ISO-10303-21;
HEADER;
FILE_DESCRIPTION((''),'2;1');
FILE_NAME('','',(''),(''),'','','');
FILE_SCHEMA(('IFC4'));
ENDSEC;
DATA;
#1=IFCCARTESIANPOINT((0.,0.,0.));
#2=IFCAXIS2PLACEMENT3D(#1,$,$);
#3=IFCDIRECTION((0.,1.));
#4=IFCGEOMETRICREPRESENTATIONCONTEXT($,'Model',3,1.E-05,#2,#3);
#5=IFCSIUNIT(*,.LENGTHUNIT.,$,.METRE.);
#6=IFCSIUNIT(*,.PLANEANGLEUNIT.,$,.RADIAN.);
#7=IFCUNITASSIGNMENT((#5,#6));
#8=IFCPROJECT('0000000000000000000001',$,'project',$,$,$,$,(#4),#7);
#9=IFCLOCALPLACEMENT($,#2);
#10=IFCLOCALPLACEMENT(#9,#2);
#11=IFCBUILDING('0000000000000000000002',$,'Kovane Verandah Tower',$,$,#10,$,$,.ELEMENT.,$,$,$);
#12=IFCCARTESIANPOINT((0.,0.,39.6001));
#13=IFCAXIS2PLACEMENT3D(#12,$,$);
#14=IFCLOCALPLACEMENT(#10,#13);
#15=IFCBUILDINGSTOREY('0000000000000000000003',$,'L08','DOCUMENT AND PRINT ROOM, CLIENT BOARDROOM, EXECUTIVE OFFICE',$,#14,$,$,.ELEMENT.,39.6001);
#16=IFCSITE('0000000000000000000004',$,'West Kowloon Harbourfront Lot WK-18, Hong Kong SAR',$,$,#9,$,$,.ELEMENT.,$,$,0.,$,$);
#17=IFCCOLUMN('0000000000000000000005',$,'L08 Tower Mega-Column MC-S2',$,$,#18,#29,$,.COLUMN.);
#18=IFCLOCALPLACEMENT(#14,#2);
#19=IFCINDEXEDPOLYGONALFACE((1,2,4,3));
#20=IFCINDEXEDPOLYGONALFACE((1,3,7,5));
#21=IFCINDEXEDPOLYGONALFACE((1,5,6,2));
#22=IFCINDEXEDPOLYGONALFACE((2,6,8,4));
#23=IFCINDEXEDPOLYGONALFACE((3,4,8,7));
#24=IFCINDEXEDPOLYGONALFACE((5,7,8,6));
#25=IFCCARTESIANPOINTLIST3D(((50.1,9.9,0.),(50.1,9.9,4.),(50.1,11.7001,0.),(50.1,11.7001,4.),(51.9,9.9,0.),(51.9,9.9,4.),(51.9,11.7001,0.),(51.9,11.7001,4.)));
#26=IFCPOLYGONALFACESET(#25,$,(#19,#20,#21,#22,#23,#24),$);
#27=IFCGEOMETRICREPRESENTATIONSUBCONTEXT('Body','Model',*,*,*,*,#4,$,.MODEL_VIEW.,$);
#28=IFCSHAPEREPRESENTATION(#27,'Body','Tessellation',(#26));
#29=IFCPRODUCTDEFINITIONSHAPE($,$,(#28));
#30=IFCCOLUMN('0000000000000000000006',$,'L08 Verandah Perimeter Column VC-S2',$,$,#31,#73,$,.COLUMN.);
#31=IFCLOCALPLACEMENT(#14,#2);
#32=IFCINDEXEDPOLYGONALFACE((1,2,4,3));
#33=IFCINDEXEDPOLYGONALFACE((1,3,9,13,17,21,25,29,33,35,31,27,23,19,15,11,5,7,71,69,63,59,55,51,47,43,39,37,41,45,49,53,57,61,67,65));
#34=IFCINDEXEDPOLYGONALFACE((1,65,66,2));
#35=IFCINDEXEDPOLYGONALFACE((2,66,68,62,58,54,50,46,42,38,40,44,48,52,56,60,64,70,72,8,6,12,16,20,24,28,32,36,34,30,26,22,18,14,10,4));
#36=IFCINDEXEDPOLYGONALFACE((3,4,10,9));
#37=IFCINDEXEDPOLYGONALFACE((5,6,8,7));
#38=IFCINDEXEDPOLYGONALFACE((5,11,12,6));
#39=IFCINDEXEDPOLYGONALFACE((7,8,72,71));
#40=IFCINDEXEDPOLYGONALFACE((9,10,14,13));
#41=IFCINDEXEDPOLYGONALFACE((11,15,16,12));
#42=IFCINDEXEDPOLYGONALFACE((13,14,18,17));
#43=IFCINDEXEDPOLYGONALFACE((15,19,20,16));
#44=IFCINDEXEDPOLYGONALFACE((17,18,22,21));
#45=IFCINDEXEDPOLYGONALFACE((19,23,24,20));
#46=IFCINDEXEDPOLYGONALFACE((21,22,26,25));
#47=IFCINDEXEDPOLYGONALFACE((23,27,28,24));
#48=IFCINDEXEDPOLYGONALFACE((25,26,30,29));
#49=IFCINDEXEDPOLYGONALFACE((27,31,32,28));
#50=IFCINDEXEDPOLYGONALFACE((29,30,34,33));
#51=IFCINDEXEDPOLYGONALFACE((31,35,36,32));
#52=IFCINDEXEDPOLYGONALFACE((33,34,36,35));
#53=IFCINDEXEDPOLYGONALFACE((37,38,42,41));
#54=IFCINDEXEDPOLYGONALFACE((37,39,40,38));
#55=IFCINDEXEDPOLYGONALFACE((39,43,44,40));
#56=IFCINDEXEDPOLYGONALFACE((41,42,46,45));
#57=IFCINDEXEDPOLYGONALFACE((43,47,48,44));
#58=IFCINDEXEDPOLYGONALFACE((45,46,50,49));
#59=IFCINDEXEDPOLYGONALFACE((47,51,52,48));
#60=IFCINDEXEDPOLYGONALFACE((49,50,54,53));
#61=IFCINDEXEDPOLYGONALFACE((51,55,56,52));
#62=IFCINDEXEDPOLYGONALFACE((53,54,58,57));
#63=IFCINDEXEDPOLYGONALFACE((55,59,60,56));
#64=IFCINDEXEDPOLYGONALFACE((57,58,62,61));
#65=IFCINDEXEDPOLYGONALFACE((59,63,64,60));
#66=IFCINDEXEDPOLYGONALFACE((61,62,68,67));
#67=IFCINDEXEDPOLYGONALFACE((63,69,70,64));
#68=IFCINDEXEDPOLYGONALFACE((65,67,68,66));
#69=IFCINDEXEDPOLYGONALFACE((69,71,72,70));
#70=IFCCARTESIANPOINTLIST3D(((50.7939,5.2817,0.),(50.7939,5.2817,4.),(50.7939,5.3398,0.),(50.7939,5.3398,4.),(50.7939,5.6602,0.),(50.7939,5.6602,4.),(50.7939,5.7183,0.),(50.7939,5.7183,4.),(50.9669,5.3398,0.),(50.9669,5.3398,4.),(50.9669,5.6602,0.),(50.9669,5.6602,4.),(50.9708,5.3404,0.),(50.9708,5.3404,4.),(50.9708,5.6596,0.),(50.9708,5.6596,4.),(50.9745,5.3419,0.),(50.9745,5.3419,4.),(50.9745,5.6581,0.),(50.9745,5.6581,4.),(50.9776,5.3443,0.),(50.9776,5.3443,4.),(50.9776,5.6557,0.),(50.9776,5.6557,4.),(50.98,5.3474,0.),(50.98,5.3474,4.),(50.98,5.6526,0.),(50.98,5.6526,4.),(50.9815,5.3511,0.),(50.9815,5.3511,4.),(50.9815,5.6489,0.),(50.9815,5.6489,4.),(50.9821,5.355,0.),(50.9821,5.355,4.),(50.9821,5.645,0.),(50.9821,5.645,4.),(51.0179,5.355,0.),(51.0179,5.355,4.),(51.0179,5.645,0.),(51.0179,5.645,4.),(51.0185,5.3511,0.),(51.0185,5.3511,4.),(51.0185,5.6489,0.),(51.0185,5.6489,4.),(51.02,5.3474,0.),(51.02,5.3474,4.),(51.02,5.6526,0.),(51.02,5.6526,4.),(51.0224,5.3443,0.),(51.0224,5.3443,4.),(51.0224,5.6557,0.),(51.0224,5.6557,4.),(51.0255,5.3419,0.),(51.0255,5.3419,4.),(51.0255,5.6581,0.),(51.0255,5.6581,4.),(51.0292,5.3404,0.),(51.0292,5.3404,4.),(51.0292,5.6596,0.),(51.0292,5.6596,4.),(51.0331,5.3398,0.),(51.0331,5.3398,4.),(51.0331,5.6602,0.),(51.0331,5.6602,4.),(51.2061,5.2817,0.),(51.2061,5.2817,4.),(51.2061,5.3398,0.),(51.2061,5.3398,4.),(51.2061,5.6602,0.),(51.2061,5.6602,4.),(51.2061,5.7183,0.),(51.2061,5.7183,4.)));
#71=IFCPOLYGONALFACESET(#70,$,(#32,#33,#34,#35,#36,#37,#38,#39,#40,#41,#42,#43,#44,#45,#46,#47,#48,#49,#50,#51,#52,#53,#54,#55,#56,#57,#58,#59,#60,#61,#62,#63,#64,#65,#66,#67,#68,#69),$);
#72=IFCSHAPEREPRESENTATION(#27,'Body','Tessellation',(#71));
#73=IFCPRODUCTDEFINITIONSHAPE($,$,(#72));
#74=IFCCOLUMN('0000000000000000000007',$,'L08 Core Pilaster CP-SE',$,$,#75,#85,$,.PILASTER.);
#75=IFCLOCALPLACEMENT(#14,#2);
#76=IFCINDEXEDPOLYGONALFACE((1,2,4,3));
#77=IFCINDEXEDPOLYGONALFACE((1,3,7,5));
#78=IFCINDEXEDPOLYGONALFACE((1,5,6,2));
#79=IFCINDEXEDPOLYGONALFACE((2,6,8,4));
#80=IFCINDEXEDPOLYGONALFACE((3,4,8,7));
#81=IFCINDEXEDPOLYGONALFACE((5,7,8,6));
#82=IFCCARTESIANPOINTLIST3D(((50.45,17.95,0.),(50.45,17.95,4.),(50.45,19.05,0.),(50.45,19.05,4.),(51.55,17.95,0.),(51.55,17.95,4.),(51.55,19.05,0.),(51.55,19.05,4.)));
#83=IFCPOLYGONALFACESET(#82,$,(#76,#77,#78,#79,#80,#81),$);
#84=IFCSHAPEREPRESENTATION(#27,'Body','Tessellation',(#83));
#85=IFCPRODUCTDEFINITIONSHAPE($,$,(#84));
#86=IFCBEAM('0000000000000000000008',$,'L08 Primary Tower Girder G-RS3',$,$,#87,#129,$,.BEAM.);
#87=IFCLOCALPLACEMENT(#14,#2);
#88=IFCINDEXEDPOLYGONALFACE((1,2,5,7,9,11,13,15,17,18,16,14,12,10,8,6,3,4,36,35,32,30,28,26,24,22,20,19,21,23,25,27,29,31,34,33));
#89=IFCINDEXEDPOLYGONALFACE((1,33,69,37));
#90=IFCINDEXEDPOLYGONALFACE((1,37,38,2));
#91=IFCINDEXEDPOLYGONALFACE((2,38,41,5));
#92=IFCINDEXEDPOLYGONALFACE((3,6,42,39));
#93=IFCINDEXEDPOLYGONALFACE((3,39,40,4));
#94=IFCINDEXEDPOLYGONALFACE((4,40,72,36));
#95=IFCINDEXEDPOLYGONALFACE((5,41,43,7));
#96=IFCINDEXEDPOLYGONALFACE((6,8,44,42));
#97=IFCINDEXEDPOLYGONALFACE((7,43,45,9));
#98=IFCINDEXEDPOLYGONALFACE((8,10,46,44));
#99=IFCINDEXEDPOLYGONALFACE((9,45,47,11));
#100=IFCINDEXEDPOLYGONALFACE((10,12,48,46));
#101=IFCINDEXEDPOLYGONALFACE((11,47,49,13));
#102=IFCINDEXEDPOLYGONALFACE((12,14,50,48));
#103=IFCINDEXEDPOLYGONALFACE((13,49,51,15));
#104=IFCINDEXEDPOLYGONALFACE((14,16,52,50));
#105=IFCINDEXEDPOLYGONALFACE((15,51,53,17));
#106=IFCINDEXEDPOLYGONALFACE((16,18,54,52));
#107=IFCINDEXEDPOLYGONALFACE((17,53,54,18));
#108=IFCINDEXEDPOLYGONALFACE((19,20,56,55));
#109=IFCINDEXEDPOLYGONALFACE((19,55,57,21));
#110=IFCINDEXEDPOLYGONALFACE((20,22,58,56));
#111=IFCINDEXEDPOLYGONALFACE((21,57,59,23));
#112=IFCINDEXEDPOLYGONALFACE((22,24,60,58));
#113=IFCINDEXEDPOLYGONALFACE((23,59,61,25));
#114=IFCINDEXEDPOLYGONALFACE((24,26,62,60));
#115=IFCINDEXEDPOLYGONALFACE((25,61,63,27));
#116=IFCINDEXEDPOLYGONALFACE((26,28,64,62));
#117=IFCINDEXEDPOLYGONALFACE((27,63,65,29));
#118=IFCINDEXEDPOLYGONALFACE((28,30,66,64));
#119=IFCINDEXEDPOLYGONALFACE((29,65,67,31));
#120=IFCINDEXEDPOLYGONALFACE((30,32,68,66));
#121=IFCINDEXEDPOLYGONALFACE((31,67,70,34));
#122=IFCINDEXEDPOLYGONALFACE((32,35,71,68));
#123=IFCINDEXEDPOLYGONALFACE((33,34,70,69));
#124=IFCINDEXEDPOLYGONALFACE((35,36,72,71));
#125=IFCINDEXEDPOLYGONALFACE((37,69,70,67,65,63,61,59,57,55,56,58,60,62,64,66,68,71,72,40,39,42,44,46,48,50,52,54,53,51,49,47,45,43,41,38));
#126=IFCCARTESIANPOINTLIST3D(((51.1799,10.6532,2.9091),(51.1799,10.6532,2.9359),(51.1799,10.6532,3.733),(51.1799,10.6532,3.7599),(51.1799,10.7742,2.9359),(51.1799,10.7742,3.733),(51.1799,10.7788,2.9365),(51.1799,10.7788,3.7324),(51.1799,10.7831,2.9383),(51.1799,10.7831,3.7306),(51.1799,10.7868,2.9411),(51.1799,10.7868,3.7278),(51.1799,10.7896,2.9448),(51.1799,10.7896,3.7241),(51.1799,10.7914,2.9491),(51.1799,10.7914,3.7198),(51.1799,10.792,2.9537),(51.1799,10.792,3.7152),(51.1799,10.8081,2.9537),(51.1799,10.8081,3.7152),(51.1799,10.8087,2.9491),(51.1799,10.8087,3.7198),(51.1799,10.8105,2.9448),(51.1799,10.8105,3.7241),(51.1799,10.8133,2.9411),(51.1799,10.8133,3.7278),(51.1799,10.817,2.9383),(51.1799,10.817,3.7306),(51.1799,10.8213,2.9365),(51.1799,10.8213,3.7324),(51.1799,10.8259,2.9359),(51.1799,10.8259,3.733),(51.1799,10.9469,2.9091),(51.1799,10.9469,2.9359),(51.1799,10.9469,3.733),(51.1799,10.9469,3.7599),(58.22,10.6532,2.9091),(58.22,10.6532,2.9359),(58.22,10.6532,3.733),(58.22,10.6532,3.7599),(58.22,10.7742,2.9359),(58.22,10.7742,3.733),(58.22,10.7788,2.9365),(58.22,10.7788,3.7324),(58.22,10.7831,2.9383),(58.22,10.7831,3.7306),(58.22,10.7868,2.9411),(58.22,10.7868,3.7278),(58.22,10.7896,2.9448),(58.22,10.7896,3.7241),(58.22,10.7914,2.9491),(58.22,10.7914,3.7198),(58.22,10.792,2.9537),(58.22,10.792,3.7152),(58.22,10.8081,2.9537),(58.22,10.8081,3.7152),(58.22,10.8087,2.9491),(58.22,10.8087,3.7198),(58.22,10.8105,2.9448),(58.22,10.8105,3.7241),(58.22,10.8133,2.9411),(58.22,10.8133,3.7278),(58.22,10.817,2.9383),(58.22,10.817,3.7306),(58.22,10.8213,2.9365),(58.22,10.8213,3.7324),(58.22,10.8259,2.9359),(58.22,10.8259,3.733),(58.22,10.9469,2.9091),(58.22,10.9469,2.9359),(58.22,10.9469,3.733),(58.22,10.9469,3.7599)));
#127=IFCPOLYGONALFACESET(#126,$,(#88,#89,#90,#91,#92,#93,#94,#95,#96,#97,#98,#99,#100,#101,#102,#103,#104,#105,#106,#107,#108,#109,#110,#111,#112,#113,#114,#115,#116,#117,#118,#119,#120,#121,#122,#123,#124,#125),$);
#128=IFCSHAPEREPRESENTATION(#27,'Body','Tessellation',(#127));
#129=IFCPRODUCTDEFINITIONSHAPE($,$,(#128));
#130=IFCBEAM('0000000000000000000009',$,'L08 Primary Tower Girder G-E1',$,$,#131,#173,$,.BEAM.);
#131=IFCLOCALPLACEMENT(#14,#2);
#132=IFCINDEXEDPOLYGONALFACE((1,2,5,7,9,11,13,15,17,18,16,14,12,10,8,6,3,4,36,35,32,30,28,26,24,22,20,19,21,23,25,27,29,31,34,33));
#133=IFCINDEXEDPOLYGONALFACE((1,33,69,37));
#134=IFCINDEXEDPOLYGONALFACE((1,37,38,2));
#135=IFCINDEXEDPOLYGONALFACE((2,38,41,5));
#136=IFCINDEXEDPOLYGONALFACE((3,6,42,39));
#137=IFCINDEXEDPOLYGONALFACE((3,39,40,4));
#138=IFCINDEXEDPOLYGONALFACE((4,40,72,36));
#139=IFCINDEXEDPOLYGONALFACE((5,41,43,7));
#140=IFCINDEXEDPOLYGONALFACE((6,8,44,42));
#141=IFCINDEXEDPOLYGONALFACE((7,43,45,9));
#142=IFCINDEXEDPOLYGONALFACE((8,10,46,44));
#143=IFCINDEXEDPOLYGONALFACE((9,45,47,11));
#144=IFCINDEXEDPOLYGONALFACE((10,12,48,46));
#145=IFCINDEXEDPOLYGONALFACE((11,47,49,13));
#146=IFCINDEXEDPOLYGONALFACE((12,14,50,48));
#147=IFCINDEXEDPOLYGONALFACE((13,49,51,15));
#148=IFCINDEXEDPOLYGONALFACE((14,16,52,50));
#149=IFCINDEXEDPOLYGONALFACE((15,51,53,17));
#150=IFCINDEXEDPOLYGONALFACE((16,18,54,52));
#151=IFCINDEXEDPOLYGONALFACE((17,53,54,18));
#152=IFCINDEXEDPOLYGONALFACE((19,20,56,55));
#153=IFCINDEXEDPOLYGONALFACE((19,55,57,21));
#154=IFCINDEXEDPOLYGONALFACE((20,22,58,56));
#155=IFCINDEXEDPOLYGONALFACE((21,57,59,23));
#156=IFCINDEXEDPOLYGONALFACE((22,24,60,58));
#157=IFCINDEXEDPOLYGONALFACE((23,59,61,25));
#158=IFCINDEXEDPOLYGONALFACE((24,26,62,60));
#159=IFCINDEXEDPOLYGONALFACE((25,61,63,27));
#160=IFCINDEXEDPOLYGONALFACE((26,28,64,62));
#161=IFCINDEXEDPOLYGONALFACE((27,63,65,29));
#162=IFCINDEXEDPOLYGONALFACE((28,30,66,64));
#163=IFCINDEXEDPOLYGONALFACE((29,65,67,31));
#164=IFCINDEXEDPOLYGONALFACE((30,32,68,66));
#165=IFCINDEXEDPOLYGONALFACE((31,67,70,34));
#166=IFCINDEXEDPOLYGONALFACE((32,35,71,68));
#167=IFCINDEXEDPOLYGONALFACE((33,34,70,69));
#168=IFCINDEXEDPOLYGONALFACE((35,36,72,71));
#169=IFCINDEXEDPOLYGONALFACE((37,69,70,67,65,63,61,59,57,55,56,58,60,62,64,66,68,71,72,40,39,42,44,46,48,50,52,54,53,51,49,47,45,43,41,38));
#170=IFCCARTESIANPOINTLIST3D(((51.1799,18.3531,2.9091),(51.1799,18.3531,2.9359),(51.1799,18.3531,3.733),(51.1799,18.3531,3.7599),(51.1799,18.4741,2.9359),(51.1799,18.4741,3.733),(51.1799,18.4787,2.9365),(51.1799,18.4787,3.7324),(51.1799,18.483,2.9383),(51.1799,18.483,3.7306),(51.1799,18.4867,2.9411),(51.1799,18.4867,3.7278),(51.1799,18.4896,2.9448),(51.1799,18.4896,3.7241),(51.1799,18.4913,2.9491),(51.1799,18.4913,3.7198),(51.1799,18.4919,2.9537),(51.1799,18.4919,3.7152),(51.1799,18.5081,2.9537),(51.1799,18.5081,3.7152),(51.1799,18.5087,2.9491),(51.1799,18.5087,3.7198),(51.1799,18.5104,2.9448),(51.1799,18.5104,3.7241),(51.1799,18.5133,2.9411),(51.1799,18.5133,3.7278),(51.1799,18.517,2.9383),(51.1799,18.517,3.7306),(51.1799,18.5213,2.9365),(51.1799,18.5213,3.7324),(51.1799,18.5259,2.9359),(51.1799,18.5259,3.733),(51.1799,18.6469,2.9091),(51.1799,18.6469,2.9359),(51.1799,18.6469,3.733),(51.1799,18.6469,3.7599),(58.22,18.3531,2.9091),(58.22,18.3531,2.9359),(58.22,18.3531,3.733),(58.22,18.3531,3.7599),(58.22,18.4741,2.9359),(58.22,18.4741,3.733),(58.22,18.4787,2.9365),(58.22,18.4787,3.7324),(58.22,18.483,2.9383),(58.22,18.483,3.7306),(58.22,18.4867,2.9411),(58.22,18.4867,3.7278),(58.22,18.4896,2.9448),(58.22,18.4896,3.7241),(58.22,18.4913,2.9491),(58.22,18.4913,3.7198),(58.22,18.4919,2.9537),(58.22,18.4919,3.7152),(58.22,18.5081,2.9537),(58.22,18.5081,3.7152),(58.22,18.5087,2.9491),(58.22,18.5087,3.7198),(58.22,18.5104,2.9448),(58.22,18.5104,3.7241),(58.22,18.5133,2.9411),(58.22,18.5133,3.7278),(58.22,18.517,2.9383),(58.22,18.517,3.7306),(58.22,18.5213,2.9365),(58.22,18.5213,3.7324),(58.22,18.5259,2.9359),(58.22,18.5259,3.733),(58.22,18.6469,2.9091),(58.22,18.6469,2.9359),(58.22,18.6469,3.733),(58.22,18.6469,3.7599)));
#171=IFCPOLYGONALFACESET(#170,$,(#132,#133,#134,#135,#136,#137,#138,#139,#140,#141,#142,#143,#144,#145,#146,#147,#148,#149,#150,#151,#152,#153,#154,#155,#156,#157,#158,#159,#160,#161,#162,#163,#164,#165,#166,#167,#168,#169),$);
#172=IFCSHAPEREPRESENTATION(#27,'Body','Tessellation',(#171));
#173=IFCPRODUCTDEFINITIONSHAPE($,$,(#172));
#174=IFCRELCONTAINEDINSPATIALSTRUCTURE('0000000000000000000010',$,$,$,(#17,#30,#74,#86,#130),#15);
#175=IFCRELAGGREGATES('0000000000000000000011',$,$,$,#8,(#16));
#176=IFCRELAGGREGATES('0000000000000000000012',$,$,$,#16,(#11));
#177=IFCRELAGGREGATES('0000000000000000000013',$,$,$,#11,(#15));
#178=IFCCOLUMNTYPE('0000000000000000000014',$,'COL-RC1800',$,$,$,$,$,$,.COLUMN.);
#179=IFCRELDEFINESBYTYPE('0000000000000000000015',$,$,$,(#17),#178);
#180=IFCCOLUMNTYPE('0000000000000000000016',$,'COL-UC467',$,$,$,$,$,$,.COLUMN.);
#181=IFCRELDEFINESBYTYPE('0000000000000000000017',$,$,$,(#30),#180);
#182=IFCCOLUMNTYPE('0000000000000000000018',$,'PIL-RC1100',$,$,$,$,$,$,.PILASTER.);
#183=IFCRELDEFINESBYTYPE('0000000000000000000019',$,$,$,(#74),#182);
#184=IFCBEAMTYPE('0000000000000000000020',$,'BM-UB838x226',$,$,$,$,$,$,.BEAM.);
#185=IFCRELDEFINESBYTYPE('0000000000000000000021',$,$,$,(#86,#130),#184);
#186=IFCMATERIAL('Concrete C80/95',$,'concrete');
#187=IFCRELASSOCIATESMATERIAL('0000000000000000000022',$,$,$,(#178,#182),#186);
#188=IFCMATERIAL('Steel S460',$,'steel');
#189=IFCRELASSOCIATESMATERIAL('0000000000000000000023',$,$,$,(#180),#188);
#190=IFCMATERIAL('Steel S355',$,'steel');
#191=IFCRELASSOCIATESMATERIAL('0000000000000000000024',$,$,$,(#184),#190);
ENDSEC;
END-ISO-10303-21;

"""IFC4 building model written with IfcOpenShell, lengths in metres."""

from ifc_helpers import new_model, si_unit, direction, frame, origin, origin_2d, place, context, subcontext, project, spatial, rectangle, i_section, extrude, material, material_profile, profile_set, type_object, element, save


model = new_model("IFC4")

# Units and contexts
model_context = context("Model", 3, precision=1e-05, world=origin(), true_north=direction((0.0, 1.0)))
body_context = subcontext(model_context, "Body", "Model", "MODEL_VIEW")
ifc_project = project(units=[si_unit("LENGTHUNIT", "METRE"), si_unit("PLANEANGLEUNIT", "RADIAN")], contexts=[model_context])

# Site, building, storey
site_placement = place(None, origin())
site = spatial("IfcSite", under=ifc_project, at=site_placement, Name="West Kowloon Harbourfront Lot WK-18, Hong Kong SAR", CompositionType="ELEMENT", RefElevation=0.0)
building_placement = place(site_placement, origin())
building = spatial("IfcBuilding", under=site, at=building_placement, Name="Kovane Verandah Tower", CompositionType="ELEMENT")
storey_placement = place(building_placement, frame((0.0, 0.0, 39.6001)))
storey = spatial("IfcBuildingStorey", under=building, at=storey_placement, Name="L08", Description="DOCUMENT AND PRINT ROOM, CLIENT BOARDROOM, EXECUTIVE OFFICE", CompositionType="ELEMENT", Elevation=39.6001)

# Columns
ifc_material_1 = material(Name="Concrete C80/95", Category="concrete")
ifc_material_profile_1 = material_profile(ifc_material_1, rectangle(XDim=1.8, YDim=1.8, at=origin_2d()), Name="RC1800x1800")
ifc_profile_set_1 = profile_set([ifc_material_profile_1], Name="Concrete C80/95")
column_type_1 = type_object("IfcColumnType", Name="COL-RC1800", PredefinedType="COLUMN", material=ifc_profile_set_1)
column_1_placement = place(storey_placement, frame((51.0, 10.8, 0.0), z_axis=(0.0, 0.0, 1.0), x_axis=(1.0, 0.0, 0.0)))
element("IfcColumn", 1, at=column_1_placement, inside=storey, type_object=column_type_1, Name="L08 Tower Mega-Column MC-S2", PredefinedType="COLUMN", context=body_context, shape_type="SweptSolid", body=[
    extrude(rectangle(XDim=1.8, YDim=1.8, at=origin_2d()), origin(), (0.0, 0.0, 1.0), 4.0),
])
ifc_material_2 = material(Name="Steel S460", Category="steel")
ifc_material_profile_2 = material_profile(ifc_material_2, i_section(OverallWidth=0.4121, OverallDepth=0.4365, WebThickness=0.0359, FlangeThickness=0.0581, FilletRadius=0.0151, at=origin_2d()), Name="UC356x406x467")
ifc_profile_set_2 = profile_set([ifc_material_profile_2], Name="Steel S460")
column_type_2 = type_object("IfcColumnType", Name="COL-UC467", PredefinedType="COLUMN", material=ifc_profile_set_2)
column_2_placement = place(storey_placement, frame((51.0, 5.5, 0.0), z_axis=(0.0, 0.0, 1.0), x_axis=(1.0, 0.0, 0.0)))
element("IfcColumn", 2, at=column_2_placement, inside=storey, type_object=column_type_2, Name="L08 Verandah Perimeter Column VC-S2", PredefinedType="COLUMN", context=body_context, shape_type="SweptSolid", body=[
    extrude(i_section(OverallWidth=0.4121, OverallDepth=0.4365, WebThickness=0.0359, FlangeThickness=0.0581, FilletRadius=0.0151, at=origin_2d()), origin(), (0.0, 0.0, 1.0), 4.0),
])
ifc_material_profile_3 = material_profile(ifc_material_1, rectangle(XDim=1.1001, YDim=1.1001, at=origin_2d()), Name="RC1100x1100")
ifc_profile_set_3 = profile_set([ifc_material_profile_3], Name="Concrete C80/95")
column_type_3 = type_object("IfcColumnType", Name="PIL-RC1100", PredefinedType="PILASTER", material=ifc_profile_set_3)
column_3_placement = place(storey_placement, frame((51.0, 18.5, 0.0), z_axis=(0.0, 0.0, 1.0), x_axis=(1.0, 0.0, 0.0)))
element("IfcColumn", 3, at=column_3_placement, inside=storey, type_object=column_type_3, Name="L08 Core Pilaster CP-SE", PredefinedType="PILASTER", context=body_context, shape_type="SweptSolid", body=[
    extrude(rectangle(XDim=1.1001, YDim=1.1001, at=origin_2d()), origin(), (0.0, 0.0, 1.0), 4.0),
])

# Beams
ifc_material_3 = material(Name="Steel S355", Category="steel")
ifc_material_profile_4 = material_profile(ifc_material_3, i_section(OverallWidth=0.2937, OverallDepth=0.8508, WebThickness=0.0161, FlangeThickness=0.0269, FilletRadius=0.0178, at=origin_2d()), Name="UB838x292x226")
ifc_profile_set_4 = profile_set([ifc_material_profile_4], Name="Steel S355")
beam_type_1 = type_object("IfcBeamType", Name="BM-UB838x226", PredefinedType="BEAM", material=ifc_profile_set_4)
for number, where, z_axis, x_axis, name in (
    (4, (51.1799, 10.8, 3.3345), (1.0, 0.0, 0.0), (0.0, 1.0, 0.0), "L08 Primary Tower Girder G-RS3"),
    (5, (51.1799, 18.5, 3.3345), (1.0, 0.0, 0.0), (0.0, 1.0, 0.0), "L08 Primary Tower Girder G-E1"),
):
    element("IfcBeam", number, at=place(storey_placement, frame(where, z_axis=z_axis, x_axis=x_axis)), inside=storey, type_object=beam_type_1, Name=name, PredefinedType="BEAM", context=body_context, shape_type="SweptSolid", body=[
        extrude(i_section(OverallWidth=0.2937, OverallDepth=0.8508, WebThickness=0.0161, FlangeThickness=0.0269, FilletRadius=0.0178, at=origin_2d()), origin(), (0.0, 0.0, 1.0), 7.04),
    ])

save(model, "model.ifc")
